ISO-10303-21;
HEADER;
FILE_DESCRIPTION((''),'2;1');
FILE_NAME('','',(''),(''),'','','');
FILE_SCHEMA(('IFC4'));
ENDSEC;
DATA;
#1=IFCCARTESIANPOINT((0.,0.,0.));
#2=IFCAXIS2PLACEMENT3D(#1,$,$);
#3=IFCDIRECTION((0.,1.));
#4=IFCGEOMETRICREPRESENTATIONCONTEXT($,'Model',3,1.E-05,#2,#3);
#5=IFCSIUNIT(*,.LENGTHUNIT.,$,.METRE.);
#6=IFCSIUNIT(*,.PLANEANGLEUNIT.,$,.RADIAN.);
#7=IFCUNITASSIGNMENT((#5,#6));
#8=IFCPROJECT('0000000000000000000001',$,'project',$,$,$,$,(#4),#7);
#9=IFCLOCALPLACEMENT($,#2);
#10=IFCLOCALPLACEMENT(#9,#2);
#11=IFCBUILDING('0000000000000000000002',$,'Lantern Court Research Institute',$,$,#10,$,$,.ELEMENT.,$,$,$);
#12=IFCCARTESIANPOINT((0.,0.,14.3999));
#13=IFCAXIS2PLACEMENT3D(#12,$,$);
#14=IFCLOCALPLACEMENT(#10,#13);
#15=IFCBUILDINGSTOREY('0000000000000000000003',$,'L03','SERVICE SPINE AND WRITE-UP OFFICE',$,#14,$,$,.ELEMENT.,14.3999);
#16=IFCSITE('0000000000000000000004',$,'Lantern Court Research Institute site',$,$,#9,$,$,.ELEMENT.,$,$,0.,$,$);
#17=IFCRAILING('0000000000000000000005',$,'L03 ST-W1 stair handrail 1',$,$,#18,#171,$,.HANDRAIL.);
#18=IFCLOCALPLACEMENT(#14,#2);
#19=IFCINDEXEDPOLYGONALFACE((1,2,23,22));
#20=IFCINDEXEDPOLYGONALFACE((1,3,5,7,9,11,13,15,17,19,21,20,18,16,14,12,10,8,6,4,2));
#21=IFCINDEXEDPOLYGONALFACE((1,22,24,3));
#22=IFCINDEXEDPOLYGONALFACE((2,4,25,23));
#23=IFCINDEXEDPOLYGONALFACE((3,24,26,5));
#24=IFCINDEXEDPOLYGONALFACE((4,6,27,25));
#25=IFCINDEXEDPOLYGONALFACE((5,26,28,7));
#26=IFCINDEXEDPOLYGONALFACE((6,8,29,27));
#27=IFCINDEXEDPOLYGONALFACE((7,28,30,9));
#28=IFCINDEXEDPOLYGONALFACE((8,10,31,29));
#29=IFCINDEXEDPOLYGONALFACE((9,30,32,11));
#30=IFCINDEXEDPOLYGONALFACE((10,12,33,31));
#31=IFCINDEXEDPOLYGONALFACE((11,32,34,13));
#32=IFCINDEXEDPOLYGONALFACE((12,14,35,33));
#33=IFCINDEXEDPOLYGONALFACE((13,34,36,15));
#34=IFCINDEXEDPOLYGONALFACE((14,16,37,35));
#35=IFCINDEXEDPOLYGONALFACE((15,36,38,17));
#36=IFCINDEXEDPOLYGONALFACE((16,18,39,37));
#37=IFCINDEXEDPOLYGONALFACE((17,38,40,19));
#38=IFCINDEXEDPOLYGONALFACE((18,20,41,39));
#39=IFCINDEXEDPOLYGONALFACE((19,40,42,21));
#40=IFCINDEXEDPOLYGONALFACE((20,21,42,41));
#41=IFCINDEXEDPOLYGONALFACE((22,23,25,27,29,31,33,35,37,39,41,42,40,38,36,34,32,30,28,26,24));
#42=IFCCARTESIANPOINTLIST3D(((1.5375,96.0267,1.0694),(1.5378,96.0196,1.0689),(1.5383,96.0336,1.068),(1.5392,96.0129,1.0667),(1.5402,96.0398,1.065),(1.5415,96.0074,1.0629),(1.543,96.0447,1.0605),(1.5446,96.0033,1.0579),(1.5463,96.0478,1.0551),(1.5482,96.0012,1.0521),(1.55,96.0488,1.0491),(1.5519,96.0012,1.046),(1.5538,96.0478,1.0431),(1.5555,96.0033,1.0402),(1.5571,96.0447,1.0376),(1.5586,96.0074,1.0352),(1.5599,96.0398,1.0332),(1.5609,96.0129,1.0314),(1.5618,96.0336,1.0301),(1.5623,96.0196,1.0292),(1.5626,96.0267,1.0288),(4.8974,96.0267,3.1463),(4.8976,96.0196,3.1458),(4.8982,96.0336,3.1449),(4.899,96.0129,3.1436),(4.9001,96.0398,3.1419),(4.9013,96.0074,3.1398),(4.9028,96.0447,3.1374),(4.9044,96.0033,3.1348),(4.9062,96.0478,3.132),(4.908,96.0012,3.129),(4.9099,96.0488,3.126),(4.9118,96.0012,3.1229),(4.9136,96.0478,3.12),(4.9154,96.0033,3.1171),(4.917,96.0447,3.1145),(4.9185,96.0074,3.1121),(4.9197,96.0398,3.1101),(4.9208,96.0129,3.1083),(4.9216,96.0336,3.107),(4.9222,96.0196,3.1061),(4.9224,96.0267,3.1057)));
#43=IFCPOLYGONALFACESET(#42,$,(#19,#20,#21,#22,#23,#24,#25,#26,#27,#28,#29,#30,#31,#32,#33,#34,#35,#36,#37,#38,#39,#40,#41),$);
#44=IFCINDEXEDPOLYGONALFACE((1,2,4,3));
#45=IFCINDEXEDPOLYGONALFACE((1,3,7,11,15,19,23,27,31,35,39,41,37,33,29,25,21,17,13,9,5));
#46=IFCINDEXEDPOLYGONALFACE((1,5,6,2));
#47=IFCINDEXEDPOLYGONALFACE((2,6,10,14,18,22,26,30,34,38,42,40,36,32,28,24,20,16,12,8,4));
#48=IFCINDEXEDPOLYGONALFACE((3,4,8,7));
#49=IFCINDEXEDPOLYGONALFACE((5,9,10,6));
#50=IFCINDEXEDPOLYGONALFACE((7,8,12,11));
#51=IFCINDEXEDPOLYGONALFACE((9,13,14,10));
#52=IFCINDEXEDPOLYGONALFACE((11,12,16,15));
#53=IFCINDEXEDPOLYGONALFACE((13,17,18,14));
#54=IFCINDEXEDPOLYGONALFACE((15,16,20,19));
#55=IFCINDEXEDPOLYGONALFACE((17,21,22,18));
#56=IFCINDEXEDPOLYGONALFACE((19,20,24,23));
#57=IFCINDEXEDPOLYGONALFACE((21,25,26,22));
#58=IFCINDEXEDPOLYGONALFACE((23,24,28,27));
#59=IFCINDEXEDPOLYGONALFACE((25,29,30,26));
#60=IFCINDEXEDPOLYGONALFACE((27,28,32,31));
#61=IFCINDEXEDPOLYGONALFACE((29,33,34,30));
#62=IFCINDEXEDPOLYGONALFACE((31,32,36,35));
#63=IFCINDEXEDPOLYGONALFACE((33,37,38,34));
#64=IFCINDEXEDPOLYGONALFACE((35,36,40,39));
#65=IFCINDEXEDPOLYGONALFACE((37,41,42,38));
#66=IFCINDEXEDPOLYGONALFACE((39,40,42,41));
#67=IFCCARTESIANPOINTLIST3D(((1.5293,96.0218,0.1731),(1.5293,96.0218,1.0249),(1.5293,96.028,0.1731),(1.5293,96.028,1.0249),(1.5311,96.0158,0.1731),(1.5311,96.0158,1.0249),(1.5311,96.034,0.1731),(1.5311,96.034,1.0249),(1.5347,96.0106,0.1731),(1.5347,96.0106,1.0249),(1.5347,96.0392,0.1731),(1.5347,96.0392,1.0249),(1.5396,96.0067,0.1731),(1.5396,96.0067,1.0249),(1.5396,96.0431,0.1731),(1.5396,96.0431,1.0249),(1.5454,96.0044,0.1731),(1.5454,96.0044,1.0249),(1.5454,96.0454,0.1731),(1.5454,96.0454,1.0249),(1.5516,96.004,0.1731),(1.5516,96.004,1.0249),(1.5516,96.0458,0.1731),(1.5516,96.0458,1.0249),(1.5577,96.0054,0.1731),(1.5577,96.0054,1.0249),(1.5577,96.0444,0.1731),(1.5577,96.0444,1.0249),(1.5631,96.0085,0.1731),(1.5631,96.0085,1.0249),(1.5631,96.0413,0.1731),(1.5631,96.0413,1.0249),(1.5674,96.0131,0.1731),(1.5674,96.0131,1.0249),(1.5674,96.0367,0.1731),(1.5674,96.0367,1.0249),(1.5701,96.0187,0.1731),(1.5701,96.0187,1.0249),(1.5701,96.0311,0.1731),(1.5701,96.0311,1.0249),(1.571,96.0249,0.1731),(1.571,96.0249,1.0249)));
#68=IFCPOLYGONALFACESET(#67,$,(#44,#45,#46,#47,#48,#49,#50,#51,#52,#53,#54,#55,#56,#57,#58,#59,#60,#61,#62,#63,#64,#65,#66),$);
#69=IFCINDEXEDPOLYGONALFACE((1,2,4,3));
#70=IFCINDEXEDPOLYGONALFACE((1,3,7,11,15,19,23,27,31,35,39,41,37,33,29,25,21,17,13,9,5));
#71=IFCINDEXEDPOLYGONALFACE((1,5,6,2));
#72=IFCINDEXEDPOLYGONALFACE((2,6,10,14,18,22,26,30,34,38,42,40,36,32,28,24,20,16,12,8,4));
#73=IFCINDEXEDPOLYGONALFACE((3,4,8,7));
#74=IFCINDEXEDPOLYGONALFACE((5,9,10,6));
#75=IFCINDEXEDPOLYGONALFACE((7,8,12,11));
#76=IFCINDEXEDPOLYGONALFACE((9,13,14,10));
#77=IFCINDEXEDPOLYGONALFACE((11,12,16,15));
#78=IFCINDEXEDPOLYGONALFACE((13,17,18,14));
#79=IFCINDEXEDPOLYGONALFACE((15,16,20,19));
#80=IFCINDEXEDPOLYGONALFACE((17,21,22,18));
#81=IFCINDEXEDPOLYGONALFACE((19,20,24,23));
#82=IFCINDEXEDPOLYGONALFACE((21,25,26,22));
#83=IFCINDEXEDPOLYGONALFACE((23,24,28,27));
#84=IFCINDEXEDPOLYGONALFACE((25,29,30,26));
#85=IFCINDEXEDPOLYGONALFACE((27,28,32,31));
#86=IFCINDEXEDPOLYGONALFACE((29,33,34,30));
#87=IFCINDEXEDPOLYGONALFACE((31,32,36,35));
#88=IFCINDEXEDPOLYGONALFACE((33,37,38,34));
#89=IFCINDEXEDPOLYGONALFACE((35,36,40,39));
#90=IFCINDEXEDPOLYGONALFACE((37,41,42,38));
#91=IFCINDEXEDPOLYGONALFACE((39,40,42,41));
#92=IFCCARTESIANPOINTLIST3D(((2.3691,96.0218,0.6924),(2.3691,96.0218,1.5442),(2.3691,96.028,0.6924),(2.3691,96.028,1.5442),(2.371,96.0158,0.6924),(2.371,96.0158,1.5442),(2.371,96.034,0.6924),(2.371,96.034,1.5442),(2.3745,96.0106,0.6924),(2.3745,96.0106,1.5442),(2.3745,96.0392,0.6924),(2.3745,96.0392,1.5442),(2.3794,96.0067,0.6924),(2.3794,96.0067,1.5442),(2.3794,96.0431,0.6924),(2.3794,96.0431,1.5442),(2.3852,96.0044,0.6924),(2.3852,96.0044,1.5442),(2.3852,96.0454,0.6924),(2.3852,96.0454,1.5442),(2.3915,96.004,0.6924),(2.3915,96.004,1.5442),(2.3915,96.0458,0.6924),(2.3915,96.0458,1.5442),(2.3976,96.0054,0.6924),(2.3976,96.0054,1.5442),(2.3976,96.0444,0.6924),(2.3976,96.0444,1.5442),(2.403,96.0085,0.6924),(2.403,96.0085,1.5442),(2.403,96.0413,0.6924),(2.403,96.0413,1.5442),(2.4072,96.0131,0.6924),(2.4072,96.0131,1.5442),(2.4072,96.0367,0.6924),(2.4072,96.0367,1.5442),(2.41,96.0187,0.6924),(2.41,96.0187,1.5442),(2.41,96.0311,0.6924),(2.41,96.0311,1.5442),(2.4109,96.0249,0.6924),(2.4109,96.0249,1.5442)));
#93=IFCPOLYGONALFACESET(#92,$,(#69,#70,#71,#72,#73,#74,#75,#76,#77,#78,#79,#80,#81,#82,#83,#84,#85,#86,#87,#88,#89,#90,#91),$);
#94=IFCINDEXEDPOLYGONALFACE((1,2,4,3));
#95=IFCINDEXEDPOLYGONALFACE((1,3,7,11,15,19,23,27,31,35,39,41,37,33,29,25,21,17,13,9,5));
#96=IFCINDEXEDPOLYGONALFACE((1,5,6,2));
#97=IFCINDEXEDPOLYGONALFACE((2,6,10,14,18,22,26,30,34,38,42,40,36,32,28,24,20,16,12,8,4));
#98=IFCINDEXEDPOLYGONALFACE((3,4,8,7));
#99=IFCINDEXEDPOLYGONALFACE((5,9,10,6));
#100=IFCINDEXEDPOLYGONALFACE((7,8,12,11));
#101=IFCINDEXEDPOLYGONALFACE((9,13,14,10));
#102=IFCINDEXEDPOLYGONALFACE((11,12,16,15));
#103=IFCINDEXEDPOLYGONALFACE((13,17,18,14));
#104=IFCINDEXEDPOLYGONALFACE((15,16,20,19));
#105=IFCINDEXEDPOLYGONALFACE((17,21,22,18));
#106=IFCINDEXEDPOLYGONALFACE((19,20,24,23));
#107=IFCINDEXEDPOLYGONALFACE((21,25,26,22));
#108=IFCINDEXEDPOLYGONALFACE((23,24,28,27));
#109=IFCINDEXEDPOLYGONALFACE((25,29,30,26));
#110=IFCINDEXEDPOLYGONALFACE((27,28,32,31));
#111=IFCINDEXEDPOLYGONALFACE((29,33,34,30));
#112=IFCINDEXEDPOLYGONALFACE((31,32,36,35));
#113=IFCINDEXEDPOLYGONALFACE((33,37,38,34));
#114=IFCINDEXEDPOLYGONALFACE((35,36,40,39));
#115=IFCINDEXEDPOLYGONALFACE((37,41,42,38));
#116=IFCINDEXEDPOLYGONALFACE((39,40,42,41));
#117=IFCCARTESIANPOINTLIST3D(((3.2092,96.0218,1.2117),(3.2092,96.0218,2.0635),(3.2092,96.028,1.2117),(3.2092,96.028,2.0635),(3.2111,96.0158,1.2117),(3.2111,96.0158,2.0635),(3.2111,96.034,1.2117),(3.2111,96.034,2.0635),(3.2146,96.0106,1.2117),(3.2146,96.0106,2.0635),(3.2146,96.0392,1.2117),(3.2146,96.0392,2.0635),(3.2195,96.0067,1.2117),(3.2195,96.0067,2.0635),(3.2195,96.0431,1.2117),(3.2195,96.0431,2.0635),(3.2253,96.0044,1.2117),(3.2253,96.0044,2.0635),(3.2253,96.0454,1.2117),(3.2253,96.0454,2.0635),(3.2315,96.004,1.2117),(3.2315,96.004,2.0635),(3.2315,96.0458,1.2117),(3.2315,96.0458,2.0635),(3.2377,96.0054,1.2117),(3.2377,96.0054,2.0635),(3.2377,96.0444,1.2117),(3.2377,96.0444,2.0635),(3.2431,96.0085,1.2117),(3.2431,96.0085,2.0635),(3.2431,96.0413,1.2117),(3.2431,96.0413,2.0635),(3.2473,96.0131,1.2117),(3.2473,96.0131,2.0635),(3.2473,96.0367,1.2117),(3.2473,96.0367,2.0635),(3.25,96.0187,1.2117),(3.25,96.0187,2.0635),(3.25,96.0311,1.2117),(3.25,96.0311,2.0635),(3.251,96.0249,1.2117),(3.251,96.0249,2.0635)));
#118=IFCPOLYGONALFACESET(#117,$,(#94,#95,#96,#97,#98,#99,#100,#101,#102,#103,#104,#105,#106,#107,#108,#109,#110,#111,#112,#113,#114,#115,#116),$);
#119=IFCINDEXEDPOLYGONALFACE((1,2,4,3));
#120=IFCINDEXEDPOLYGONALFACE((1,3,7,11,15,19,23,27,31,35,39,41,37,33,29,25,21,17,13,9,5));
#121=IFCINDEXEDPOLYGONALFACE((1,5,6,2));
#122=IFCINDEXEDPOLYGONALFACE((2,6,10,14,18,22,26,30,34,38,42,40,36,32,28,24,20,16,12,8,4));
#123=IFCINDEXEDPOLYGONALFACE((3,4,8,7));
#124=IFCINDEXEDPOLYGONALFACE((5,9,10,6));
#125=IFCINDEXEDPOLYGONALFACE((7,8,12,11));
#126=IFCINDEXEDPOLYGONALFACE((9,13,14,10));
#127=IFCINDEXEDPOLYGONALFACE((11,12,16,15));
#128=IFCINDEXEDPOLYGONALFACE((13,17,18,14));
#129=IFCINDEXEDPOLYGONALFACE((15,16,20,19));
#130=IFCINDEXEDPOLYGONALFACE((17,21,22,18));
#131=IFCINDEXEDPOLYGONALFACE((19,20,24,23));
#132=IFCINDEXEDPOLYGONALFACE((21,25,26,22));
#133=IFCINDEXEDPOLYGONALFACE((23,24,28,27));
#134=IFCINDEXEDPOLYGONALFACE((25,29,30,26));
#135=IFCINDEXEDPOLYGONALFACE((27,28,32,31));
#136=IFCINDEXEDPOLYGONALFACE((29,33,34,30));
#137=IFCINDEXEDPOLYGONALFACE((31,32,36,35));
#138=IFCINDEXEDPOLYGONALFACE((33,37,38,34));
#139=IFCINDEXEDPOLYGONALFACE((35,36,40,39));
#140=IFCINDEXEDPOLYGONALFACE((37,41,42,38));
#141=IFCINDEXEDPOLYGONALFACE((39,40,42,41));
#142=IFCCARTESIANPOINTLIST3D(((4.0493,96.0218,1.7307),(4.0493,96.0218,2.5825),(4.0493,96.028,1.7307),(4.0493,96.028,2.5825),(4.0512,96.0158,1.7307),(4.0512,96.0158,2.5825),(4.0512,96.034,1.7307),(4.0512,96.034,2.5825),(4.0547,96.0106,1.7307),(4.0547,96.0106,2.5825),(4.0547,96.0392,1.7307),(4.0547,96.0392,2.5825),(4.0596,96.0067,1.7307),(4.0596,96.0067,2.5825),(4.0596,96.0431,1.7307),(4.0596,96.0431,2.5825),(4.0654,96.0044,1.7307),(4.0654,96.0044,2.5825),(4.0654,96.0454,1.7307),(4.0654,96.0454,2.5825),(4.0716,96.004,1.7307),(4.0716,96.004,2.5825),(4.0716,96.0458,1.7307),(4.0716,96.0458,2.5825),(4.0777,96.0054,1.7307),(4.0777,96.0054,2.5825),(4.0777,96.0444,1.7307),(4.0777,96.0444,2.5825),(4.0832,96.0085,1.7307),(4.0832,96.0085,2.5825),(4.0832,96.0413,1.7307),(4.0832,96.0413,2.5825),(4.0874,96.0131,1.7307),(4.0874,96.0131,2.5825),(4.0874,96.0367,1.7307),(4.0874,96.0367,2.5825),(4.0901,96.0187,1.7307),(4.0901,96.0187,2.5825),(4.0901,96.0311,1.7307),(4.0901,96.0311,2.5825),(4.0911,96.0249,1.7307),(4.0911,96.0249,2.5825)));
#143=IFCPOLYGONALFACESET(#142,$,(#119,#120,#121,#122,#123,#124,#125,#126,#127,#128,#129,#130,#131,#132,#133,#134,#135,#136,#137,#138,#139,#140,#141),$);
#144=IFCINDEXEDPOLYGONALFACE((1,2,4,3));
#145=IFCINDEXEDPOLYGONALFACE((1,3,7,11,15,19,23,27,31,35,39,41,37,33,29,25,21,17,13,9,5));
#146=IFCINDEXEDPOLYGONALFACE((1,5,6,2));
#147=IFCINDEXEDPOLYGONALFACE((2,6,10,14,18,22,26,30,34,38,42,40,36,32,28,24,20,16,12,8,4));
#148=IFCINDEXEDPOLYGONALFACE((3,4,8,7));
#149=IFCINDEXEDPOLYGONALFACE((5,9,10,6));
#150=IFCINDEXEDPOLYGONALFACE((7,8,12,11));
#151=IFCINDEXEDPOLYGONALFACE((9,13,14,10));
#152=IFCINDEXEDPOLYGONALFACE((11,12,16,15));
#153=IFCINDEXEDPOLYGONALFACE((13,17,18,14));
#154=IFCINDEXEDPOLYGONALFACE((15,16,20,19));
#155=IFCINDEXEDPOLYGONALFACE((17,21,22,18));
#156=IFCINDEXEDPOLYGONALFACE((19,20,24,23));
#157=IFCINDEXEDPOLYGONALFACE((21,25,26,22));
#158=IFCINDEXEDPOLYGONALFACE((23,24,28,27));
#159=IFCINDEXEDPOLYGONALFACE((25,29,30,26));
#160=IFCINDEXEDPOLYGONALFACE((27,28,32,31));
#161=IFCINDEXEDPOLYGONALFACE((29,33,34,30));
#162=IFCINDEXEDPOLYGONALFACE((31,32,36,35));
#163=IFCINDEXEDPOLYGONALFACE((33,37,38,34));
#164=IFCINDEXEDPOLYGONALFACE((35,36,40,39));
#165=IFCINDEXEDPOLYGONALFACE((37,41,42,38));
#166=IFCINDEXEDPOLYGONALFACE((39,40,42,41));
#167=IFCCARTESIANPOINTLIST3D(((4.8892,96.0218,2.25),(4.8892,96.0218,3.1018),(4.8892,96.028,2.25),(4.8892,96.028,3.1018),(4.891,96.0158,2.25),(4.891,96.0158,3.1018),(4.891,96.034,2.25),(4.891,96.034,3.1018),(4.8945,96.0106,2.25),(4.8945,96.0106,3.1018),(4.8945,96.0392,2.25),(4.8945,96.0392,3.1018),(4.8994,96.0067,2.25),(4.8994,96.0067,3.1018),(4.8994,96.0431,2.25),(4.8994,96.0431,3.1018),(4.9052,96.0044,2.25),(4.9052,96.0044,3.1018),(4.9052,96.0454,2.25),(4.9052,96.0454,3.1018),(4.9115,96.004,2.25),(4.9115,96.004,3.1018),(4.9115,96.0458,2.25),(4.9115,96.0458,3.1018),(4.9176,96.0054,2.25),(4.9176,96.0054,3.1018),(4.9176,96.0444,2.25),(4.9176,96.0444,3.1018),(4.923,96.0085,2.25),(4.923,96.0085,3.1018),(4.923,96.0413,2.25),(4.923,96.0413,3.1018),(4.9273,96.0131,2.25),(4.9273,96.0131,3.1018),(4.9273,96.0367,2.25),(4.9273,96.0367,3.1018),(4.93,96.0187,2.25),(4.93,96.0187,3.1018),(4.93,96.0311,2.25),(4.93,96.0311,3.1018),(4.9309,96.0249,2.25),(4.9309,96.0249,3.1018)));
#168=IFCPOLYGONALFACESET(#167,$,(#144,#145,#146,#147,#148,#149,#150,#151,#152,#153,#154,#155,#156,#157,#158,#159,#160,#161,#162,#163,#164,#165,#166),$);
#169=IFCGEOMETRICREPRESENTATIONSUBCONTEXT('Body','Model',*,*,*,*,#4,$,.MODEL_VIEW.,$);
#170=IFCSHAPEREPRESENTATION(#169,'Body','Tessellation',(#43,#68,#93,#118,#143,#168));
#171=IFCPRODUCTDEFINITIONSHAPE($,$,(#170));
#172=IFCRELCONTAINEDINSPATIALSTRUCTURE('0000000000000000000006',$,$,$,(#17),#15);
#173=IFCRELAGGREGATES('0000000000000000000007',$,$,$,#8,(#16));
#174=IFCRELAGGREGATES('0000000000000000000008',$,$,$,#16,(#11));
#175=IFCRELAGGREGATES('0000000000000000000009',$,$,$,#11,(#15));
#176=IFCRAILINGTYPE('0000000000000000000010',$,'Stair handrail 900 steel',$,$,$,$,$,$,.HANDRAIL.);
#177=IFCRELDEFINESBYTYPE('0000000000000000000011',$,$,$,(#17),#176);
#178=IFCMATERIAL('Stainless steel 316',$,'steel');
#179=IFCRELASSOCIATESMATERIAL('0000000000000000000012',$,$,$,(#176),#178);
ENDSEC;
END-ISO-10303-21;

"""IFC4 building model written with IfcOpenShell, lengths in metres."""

from ifc_helpers import new_model, si_unit, direction, frame, origin, origin_2d, place, context, subcontext, project, spatial, circle, extrude, material, type_object, element, save


model = new_model("IFC4")

# Units and contexts
model_context = context("Model", 3, precision=1e-05, world=origin(), true_north=direction((0.0, 1.0)))
body_context = subcontext(model_context, "Body", "Model", "MODEL_VIEW")
ifc_project = project(units=[si_unit("LENGTHUNIT", "METRE"), si_unit("PLANEANGLEUNIT", "RADIAN")], contexts=[model_context])

# Site, building, storey
site_placement = place(None, origin())
site = spatial("IfcSite", under=ifc_project, at=site_placement, Name="Lantern Court Research Institute site", CompositionType="ELEMENT", RefElevation=0.0)
building_placement = place(site_placement, origin())
building = spatial("IfcBuilding", under=site, at=building_placement, Name="Lantern Court Research Institute", CompositionType="ELEMENT")
storey_placement = place(building_placement, frame((0.0, 0.0, 14.3999)))
storey = spatial("IfcBuildingStorey", under=building, at=storey_placement, Name="L03", Description="SERVICE SPINE AND WRITE-UP OFFICE", CompositionType="ELEMENT", Elevation=14.3999)

# Railing
ifc_material_1 = material(Name="Stainless steel 316", Category="steel")
railing_type_1 = type_object("IfcRailingType", Name="Stair handrail 900 steel", PredefinedType="HANDRAIL", material=ifc_material_1)
railing_1_placement = place(storey_placement, frame((1.55, 96.0249, 0.1731)))
element("IfcRailing", 1, at=railing_1_placement, inside=storey, type_object=railing_type_1, Name="L03 ST-W1 stair handrail 1", PredefinedType="HANDRAIL", context=body_context, shape_type="SweptSolid", body=[
    extrude(circle(Radius=0.0239, at=origin_2d()), frame((0.0, 0.0, 0.876), z_axis=(0.850606, 0.0, 0.525803), x_axis=(0.0, 1.0, 0.0)), (0.0, 0.0, 1.0), 3.95),
    extrude(circle(Radius=0.021, at=origin_2d()), origin(), (0.0, 0.0, 1.0), 0.8518),
    extrude(circle(Radius=0.021, at=origin_2d()), frame((0.8398, 0.0, 0.5193)), (0.0, 0.0, 1.0), 0.8518),
    extrude(circle(Radius=0.021, at=origin_2d()), frame((1.6799, 0.0, 1.0386)), (0.0, 0.0, 1.0), 0.8518),
    extrude(circle(Radius=0.021, at=origin_2d()), frame((2.52, 0.0, 1.5576)), (0.0, 0.0, 1.0), 0.8518),
    extrude(circle(Radius=0.021, at=origin_2d()), frame((3.3599, 0.0, 2.0769)), (0.0, 0.0, 1.0), 0.8518),
])

save(model, "model.ifc")
